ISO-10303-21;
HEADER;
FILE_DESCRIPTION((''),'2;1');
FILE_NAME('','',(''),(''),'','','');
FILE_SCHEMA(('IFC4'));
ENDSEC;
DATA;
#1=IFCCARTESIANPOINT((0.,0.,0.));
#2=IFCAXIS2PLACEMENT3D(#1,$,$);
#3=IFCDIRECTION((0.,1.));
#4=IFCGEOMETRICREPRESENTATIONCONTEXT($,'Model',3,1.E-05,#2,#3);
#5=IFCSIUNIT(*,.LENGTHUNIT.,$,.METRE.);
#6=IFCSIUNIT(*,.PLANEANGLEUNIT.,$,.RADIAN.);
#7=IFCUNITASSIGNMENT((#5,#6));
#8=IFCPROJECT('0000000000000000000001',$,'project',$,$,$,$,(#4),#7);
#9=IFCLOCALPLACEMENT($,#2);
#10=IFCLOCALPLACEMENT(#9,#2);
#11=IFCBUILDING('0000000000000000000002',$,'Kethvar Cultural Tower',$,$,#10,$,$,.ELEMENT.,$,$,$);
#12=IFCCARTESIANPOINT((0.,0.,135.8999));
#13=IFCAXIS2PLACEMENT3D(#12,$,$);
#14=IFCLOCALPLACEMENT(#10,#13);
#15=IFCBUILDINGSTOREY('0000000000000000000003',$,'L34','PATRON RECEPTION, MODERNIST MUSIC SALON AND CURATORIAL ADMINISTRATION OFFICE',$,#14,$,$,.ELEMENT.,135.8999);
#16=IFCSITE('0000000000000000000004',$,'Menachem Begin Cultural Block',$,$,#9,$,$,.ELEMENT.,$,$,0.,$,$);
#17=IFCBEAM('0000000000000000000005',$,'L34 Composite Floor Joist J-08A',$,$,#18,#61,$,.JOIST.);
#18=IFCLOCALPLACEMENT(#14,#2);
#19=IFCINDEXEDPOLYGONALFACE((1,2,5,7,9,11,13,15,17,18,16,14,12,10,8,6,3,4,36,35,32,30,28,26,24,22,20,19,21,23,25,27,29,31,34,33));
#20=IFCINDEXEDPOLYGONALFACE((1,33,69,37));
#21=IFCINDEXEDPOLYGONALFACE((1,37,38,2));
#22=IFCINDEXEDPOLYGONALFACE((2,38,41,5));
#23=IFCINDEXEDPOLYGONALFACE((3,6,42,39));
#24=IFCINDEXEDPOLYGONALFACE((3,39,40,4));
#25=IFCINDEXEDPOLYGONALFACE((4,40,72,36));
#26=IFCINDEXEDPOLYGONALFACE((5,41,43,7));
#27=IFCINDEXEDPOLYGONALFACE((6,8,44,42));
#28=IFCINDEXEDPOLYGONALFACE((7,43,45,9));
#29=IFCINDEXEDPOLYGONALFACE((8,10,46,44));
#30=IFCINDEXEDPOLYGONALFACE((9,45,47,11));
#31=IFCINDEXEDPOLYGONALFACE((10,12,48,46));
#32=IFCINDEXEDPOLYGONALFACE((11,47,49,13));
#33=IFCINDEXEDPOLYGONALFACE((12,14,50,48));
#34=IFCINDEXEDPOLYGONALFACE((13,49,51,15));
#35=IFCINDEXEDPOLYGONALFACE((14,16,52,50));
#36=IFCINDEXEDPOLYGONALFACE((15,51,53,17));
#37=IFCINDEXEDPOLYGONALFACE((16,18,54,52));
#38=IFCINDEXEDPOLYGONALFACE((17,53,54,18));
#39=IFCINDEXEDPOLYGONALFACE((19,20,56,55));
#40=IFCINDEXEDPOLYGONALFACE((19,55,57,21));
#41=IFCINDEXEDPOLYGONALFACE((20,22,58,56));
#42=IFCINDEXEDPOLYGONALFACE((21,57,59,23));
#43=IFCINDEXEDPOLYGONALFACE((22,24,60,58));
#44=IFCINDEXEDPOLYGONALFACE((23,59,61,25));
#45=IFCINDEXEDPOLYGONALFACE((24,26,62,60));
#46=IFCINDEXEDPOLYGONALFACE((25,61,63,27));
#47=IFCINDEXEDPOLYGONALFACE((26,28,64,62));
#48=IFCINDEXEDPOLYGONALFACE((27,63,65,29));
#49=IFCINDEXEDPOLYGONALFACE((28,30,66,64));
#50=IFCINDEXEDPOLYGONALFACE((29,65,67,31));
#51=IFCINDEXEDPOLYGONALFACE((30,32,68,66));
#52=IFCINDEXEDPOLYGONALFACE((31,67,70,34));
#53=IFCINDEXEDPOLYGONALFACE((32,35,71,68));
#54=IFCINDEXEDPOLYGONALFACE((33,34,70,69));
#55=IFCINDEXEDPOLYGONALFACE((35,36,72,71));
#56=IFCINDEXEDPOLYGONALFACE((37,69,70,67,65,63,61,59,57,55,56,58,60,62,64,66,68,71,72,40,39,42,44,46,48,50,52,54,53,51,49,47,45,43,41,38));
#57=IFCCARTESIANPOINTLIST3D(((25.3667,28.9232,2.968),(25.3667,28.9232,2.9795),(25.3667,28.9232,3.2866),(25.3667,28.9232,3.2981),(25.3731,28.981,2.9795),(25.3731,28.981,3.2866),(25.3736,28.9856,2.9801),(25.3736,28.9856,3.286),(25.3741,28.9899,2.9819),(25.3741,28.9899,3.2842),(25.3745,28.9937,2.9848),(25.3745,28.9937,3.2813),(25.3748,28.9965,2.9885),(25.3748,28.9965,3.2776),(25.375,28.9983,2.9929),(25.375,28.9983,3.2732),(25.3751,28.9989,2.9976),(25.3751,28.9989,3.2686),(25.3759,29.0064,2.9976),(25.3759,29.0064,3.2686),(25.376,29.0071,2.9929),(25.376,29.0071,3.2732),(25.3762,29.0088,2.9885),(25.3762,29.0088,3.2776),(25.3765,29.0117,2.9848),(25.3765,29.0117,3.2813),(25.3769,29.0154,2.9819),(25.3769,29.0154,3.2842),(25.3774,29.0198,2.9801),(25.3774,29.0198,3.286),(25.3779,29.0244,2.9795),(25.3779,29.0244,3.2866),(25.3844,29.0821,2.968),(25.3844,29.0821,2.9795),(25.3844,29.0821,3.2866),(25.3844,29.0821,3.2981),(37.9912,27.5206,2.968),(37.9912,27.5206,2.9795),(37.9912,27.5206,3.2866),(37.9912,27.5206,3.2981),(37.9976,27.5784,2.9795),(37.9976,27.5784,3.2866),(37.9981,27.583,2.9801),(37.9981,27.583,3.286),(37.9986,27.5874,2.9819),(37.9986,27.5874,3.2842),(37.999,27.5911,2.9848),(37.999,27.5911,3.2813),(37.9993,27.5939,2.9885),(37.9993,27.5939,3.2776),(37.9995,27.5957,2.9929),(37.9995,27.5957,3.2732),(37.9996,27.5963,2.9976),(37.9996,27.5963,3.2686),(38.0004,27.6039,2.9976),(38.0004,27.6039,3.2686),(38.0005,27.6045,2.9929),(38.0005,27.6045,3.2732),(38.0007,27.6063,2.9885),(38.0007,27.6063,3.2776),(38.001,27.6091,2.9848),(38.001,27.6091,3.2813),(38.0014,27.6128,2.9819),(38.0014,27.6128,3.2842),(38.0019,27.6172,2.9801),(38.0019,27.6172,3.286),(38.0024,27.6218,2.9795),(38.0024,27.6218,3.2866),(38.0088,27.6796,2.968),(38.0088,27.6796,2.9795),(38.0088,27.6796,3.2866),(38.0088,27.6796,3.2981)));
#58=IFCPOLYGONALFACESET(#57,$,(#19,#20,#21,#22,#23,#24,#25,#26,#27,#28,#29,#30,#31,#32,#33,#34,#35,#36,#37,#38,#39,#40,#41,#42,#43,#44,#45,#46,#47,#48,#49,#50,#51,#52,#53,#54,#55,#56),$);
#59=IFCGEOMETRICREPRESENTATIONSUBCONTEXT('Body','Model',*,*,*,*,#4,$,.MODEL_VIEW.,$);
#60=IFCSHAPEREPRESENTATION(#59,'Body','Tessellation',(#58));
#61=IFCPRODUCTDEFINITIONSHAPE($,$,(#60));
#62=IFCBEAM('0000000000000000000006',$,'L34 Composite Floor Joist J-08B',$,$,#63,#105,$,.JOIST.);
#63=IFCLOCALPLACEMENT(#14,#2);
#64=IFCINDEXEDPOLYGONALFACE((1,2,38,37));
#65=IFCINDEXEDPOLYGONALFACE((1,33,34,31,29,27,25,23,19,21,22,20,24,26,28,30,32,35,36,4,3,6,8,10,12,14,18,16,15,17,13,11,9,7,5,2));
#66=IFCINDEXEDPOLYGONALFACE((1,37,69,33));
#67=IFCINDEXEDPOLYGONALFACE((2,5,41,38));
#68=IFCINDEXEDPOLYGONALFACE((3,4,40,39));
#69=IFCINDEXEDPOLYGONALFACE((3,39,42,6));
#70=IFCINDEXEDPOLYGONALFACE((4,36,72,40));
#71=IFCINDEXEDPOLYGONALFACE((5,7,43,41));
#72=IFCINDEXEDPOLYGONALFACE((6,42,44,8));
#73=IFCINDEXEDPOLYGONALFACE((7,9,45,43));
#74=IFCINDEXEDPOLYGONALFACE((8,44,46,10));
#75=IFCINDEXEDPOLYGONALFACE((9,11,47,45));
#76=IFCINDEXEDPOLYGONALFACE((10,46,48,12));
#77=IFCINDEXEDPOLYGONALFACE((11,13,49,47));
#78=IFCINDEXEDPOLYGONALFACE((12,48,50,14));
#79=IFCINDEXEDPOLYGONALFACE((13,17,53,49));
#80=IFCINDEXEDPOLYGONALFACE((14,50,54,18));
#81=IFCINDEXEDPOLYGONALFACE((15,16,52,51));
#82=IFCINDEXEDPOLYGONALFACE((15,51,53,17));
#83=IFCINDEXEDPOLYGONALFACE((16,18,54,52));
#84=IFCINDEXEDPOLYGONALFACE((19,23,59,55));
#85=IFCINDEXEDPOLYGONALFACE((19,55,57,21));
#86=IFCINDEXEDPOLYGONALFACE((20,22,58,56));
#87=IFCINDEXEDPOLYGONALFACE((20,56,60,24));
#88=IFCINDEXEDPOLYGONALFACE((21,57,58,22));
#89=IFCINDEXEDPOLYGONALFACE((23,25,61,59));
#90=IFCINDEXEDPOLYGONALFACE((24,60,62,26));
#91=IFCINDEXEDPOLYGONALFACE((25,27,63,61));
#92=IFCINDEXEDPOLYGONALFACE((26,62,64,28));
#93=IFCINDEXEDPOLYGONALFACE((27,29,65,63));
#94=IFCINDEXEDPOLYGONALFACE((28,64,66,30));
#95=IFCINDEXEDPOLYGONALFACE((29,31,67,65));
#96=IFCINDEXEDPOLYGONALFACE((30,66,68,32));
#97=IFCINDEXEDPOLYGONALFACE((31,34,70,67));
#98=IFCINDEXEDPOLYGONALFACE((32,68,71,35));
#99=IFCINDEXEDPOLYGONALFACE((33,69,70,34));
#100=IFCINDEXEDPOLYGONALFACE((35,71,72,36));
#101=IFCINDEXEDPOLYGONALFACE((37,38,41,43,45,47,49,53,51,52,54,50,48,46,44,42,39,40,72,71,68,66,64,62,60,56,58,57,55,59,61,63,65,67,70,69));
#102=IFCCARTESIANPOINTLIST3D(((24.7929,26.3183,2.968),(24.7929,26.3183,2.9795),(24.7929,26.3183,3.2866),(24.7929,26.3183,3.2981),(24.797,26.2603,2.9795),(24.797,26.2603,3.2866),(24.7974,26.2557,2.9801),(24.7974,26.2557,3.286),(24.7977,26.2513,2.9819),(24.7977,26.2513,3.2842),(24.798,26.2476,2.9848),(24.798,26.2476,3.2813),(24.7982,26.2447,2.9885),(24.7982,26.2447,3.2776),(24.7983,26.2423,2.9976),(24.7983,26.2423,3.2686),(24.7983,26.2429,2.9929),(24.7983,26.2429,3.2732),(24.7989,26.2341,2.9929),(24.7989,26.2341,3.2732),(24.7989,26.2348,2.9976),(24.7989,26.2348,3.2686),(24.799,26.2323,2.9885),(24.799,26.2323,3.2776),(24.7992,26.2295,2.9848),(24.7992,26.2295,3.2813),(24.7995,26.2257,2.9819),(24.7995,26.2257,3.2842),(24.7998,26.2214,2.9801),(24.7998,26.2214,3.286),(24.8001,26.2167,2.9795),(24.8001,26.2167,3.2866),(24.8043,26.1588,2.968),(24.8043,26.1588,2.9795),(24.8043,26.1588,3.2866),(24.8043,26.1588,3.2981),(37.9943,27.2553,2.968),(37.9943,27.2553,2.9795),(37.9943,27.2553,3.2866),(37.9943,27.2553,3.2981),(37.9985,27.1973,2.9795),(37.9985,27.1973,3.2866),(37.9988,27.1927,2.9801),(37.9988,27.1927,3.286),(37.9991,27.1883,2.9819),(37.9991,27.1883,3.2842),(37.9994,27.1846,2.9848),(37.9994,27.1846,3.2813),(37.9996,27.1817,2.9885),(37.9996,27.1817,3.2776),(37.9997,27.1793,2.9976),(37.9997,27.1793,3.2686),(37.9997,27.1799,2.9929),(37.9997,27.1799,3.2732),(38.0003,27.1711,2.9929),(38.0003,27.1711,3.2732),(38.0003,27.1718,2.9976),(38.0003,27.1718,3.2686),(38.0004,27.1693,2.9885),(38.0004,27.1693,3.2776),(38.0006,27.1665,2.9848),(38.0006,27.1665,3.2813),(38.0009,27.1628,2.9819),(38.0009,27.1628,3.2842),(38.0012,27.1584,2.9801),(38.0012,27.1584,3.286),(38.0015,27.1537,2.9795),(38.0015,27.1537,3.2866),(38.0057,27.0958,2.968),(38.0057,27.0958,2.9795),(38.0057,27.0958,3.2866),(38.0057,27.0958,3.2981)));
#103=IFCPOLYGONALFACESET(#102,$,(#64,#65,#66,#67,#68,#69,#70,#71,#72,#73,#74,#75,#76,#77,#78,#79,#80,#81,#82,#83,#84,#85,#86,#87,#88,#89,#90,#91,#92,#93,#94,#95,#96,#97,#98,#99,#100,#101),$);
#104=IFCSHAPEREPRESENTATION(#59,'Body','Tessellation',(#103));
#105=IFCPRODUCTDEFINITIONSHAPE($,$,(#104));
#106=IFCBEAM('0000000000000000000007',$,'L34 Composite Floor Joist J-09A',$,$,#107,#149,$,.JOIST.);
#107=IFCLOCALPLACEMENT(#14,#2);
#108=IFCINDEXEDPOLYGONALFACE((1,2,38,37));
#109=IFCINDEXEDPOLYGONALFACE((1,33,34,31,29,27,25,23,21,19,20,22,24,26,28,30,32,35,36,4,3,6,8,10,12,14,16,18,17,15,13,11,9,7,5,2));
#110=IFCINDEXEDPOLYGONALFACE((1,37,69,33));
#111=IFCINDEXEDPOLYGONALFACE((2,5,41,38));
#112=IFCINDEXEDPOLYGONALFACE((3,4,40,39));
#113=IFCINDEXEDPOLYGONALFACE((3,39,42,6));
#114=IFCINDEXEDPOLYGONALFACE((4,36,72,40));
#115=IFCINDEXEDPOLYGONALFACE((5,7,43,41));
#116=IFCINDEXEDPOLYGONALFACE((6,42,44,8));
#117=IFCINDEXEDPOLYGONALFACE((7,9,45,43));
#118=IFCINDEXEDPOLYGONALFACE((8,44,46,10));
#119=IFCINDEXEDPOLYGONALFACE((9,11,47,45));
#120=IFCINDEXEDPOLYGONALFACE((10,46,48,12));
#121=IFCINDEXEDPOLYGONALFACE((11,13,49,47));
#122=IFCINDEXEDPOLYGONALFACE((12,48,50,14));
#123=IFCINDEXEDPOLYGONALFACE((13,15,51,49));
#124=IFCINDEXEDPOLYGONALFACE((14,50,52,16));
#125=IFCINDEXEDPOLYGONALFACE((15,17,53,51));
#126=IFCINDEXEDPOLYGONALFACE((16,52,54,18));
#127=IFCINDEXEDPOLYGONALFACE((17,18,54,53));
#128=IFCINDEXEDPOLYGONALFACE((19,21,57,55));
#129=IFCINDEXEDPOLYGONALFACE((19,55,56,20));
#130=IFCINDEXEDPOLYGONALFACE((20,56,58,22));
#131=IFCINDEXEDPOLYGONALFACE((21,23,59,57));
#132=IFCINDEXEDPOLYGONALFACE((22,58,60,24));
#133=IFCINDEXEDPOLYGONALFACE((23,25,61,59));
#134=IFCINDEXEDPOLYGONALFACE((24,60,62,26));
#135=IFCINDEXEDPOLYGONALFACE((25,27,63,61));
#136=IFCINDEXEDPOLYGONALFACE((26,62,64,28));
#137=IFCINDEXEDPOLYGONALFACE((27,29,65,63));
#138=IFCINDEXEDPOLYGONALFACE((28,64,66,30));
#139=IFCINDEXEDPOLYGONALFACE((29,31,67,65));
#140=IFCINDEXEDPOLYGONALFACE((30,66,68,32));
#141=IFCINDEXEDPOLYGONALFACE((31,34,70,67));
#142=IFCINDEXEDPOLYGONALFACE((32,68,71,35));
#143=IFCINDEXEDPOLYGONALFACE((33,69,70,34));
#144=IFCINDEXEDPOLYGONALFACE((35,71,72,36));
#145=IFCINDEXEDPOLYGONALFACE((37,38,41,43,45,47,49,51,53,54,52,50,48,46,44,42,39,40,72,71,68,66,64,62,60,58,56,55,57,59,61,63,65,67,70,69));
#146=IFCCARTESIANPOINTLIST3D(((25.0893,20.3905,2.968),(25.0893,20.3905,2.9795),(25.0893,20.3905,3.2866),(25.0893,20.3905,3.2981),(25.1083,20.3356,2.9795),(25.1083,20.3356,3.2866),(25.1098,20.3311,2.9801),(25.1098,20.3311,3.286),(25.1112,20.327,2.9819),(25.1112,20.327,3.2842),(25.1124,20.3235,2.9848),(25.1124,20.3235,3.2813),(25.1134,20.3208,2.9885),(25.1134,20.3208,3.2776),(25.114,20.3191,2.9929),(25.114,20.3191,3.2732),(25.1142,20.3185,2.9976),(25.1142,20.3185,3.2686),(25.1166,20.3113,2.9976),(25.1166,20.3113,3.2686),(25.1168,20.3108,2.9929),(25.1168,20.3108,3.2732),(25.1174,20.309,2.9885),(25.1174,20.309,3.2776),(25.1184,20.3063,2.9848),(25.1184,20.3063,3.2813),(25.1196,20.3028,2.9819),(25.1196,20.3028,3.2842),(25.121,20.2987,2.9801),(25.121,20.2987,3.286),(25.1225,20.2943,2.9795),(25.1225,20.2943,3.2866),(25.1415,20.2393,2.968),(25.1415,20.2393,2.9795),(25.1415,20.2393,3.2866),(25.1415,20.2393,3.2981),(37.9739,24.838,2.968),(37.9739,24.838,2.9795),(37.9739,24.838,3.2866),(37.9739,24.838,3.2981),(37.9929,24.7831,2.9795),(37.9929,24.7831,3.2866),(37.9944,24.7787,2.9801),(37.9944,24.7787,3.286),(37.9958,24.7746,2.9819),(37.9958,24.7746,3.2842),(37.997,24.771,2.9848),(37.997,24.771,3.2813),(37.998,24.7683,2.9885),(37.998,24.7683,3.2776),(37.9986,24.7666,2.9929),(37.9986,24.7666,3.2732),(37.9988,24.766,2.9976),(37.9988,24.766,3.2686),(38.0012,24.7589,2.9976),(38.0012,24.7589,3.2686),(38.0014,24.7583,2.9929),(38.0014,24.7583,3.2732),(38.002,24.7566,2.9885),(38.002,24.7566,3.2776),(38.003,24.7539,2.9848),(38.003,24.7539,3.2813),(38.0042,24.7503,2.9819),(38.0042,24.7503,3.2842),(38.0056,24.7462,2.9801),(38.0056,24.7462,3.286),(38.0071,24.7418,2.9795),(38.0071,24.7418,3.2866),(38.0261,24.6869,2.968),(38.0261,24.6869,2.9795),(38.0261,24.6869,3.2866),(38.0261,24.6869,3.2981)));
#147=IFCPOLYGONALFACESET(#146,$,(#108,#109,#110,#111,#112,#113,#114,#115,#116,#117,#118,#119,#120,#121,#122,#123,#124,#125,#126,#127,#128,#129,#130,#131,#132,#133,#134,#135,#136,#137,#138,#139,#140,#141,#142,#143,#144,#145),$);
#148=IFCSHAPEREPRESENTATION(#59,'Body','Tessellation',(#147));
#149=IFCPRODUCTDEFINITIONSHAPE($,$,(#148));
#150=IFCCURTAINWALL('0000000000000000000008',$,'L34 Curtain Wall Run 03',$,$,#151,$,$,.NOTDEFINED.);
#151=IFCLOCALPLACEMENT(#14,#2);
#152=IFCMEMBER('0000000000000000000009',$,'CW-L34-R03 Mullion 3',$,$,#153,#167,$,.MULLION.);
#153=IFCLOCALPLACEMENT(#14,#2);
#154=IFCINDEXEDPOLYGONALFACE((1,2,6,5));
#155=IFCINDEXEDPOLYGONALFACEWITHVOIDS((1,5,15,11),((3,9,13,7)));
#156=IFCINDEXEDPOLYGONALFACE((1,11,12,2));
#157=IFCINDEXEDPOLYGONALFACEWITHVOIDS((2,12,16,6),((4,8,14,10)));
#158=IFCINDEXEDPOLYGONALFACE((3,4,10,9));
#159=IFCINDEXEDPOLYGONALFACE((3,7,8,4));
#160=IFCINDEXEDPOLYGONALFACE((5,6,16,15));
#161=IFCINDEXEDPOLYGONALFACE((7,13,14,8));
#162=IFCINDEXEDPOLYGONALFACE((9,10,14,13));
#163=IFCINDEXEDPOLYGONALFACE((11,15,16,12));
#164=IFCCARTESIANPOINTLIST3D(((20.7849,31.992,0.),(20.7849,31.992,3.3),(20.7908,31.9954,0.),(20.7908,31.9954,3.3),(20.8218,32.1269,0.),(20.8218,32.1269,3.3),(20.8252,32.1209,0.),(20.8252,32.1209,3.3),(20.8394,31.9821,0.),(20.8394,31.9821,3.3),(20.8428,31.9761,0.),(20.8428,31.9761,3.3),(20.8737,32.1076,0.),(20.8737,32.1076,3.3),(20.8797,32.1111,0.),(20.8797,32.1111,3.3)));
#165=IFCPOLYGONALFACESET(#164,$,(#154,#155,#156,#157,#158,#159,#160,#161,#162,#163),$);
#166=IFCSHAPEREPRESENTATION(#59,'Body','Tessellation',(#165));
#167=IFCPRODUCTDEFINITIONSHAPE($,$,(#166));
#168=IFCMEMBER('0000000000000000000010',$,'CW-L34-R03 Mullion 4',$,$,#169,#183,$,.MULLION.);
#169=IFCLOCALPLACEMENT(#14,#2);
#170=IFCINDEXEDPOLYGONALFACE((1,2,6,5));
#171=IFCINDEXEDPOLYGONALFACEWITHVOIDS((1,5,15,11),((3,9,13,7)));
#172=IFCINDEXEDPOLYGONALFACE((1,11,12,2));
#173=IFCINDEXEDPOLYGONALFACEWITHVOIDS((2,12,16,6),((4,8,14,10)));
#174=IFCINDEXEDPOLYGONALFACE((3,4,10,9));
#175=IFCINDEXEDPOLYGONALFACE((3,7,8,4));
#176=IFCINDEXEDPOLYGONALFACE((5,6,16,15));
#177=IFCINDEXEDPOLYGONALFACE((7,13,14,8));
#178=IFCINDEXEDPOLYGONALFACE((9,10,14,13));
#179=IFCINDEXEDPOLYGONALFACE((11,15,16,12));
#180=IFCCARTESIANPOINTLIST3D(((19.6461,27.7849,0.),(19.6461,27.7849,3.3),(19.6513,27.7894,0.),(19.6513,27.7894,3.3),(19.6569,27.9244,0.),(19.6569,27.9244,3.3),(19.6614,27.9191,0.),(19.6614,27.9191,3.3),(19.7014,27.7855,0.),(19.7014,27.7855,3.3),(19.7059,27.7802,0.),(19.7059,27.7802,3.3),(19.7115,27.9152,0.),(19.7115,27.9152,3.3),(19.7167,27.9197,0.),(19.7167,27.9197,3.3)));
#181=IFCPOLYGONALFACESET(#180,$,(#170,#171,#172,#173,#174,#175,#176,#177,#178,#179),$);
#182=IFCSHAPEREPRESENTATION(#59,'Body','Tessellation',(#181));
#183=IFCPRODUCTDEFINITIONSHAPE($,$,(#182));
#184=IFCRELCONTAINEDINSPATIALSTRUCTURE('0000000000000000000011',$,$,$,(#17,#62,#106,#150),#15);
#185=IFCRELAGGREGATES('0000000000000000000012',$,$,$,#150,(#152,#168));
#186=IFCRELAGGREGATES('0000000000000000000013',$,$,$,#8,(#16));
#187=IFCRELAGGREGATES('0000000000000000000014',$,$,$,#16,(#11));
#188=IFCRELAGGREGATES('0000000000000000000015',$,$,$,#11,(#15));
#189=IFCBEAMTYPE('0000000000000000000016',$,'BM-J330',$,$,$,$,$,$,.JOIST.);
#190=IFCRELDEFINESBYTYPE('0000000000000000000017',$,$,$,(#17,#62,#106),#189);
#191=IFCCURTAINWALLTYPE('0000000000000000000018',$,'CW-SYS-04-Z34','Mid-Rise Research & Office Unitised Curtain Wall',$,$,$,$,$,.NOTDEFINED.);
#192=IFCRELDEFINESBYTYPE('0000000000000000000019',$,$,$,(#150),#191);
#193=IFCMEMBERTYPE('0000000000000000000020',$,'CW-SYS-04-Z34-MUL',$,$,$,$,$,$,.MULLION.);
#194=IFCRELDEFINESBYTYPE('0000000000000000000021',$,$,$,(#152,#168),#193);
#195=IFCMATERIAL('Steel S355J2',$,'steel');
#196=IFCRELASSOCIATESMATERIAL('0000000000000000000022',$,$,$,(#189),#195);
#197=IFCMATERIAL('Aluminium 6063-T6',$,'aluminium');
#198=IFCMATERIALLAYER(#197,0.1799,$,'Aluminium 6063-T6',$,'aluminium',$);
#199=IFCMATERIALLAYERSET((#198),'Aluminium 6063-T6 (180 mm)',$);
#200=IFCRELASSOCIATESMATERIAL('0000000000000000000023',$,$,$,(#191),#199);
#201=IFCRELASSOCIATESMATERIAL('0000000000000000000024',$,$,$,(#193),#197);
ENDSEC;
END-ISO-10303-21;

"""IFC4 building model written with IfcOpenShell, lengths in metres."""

from ifc_helpers import new_model, si_unit, direction, frame, origin, origin_2d, place, context, subcontext, project, spatial, hollow_rectangle, i_section, extrude, source, transform, mapped, material, layer, layer_set, material_profile, profile_set, type_object, element, aggregate, save


model = new_model("IFC4")

# Units and contexts
model_context = context("Model", 3, precision=1e-05, world=origin(), true_north=direction((0.0, 1.0)))
body_context = subcontext(model_context, "Body", "Model", "MODEL_VIEW")
ifc_project = project(units=[si_unit("LENGTHUNIT", "METRE"), si_unit("PLANEANGLEUNIT", "RADIAN")], contexts=[model_context])

# Site, building, storey
site_placement = place(None, origin())
site = spatial("IfcSite", under=ifc_project, at=site_placement, Name="Menachem Begin Cultural Block", CompositionType="ELEMENT", RefElevation=0.0)
building_placement = place(site_placement, origin())
building = spatial("IfcBuilding", under=site, at=building_placement, Name="Kethvar Cultural Tower", CompositionType="ELEMENT")
storey_placement = place(building_placement, frame((0.0, 0.0, 135.8999)))
storey = spatial("IfcBuildingStorey", under=building, at=storey_placement, Name="L34", Description="PATRON RECEPTION, MODERNIST MUSIC SALON AND CURATORIAL ADMINISTRATION OFFICE", CompositionType="ELEMENT", Elevation=135.8999)

# Beams
ifc_material_1 = material(Name="Steel S355J2", Category="steel")
ifc_material_profile_1 = material_profile(ifc_material_1, i_section(OverallWidth=0.1599, OverallDepth=0.3301, WebThickness=0.0076, FlangeThickness=0.0115, FilletRadius=0.0181, at=origin_2d()), Name="Steel S355J2 — IPE330")
ifc_profile_set_1 = profile_set([ifc_material_profile_1], Name="Steel S355J2 — IPE330")
beam_type_1 = type_object("IfcBeamType", Name="BM-J330", PredefinedType="JOIST", material=ifc_profile_set_1)
shared_shape_1 = source(origin(), body_context, "Body", "SweptSolid", [
    extrude(i_section(OverallWidth=0.1599, OverallDepth=0.3301, WebThickness=0.0076, FlangeThickness=0.0115, FilletRadius=0.0181, at=origin_2d()), origin(), (0.0, 0.0, 1.0), 12.7021),
])
beam_1_placement = place(storey_placement, frame((38.0, 27.6001, 3.1331), z_axis=(-0.993885, 0.110421, 0.0), x_axis=(-0.110421, -0.993885, 0.0)))
element("IfcBeam", 1, at=beam_1_placement, inside=storey, type_object=beam_type_1, Name="L34 Composite Floor Joist J-08A", PredefinedType="JOIST", context=body_context, shape_type="MappedRepresentation", body=[
    mapped(shared_shape_1, transform((0.0, 0.0, 0.0), scale=1.0)),
])
shared_shape_2 = source(origin(), body_context, "Body", "SweptSolid", [
    extrude(i_section(OverallWidth=0.1599, OverallDepth=0.3301, WebThickness=0.0076, FlangeThickness=0.0115, FilletRadius=0.0181, at=origin_2d()), origin(), (0.0, 0.0, 1.0), 13.2346),
])
beam_2_placement = place(storey_placement, frame((38.0, 27.1755, 3.1331), z_axis=(-0.997491, -0.0708, 0.0), x_axis=(0.0708, -0.997491, 0.0)))
element("IfcBeam", 2, at=beam_2_placement, inside=storey, type_object=beam_type_1, Name="L34 Composite Floor Joist J-08B", PredefinedType="JOIST", context=body_context, shape_type="MappedRepresentation", body=[
    mapped(shared_shape_2, transform((0.0, 0.0, 0.0), scale=1.0)),
])
shared_shape_3 = source(origin(), body_context, "Body", "SweptSolid", [
    extrude(i_section(OverallWidth=0.1599, OverallDepth=0.3301, WebThickness=0.0076, FlangeThickness=0.0115, FilletRadius=0.0181, at=origin_2d()), origin(), (0.0, 0.0, 1.0), 13.6306),
])
beam_3_placement = place(storey_placement, frame((38.0, 24.7625, 3.1331), z_axis=(-0.94527, -0.32629, 0.0), x_axis=(0.32629, -0.94527, 0.0)))
element("IfcBeam", 3, at=beam_3_placement, inside=storey, type_object=beam_type_1, Name="L34 Composite Floor Joist J-09A", PredefinedType="JOIST", context=body_context, shape_type="MappedRepresentation", body=[
    mapped(shared_shape_3, transform((0.0, 0.0, 0.0), scale=1.0)),
])

# Curtain wall, members
ifc_material_2 = material(Name="Aluminium 6063-T6", Category="aluminium")
ifc_layer_1 = layer(ifc_material_2, 0.1799, Name="Aluminium 6063-T6", Category="aluminium")
ifc_layer_set_1 = layer_set([ifc_layer_1], Name="Aluminium 6063-T6 (180 mm)")
curtain_wall_type = type_object("IfcCurtainWallType", Name="CW-SYS-04-Z34", Description="Mid-Rise Research & Office Unitised Curtain Wall", PredefinedType="NOTDEFINED", material=ifc_layer_set_1)
curtain_wall_placement = place(storey_placement, origin())
curtain_wall = element("IfcCurtainWall", 4, at=curtain_wall_placement, inside=storey, type_object=curtain_wall_type, Name="L34 Curtain Wall Run 03", PredefinedType="NOTDEFINED")
ifc_material_profile_2 = material_profile(ifc_material_2, hollow_rectangle(XDim=0.0601, YDim=0.1399, WallThickness=0.0049, at=origin_2d()), Name="Aluminium 6063-T6 — RHS140x60x5")
ifc_profile_set_2 = profile_set([ifc_material_profile_2], Name="Aluminium 6063-T6 — RHS140x60x5")
member_type_1 = type_object("IfcMemberType", Name="CW-SYS-04-Z34-MUL", PredefinedType="MULLION", material=ifc_profile_set_2)
shared_shape_4 = source(origin(), body_context, "Body", "SweptSolid", [
    extrude(hollow_rectangle(XDim=0.0601, YDim=0.1399, WallThickness=0.0049, at=origin_2d()), origin(), (0.0, 0.0, 1.0), 3.3),
])
member_1_placement = place(storey_placement, frame((20.8323, 32.0515, 0.0), z_axis=(0.0, 0.0, 1.0), x_axis=(0.964548, -0.263907, 0.0)))
member_1 = element("IfcMember", 5, at=member_1_placement, type_object=member_type_1, Name="CW-L34-R03 Mullion 3", PredefinedType="MULLION", context=body_context, shape_type="MappedRepresentation", body=[
    mapped(shared_shape_4, transform((0.0, 0.0, 0.0), scale=1.0)),
])
member_2_placement = place(storey_placement, frame((19.6814, 27.8523, 0.0), z_axis=(0.0, 0.0, 1.0), x_axis=(0.997008, -0.077293, 0.0)))
member_2 = element("IfcMember", 6, at=member_2_placement, type_object=member_type_1, Name="CW-L34-R03 Mullion 4", PredefinedType="MULLION", context=body_context, shape_type="MappedRepresentation", body=[
    mapped(shared_shape_4, transform((0.0, 0.0, 0.0), scale=1.0)),
])
aggregate(curtain_wall, [member_1, member_2])

save(model, "model.ifc")
